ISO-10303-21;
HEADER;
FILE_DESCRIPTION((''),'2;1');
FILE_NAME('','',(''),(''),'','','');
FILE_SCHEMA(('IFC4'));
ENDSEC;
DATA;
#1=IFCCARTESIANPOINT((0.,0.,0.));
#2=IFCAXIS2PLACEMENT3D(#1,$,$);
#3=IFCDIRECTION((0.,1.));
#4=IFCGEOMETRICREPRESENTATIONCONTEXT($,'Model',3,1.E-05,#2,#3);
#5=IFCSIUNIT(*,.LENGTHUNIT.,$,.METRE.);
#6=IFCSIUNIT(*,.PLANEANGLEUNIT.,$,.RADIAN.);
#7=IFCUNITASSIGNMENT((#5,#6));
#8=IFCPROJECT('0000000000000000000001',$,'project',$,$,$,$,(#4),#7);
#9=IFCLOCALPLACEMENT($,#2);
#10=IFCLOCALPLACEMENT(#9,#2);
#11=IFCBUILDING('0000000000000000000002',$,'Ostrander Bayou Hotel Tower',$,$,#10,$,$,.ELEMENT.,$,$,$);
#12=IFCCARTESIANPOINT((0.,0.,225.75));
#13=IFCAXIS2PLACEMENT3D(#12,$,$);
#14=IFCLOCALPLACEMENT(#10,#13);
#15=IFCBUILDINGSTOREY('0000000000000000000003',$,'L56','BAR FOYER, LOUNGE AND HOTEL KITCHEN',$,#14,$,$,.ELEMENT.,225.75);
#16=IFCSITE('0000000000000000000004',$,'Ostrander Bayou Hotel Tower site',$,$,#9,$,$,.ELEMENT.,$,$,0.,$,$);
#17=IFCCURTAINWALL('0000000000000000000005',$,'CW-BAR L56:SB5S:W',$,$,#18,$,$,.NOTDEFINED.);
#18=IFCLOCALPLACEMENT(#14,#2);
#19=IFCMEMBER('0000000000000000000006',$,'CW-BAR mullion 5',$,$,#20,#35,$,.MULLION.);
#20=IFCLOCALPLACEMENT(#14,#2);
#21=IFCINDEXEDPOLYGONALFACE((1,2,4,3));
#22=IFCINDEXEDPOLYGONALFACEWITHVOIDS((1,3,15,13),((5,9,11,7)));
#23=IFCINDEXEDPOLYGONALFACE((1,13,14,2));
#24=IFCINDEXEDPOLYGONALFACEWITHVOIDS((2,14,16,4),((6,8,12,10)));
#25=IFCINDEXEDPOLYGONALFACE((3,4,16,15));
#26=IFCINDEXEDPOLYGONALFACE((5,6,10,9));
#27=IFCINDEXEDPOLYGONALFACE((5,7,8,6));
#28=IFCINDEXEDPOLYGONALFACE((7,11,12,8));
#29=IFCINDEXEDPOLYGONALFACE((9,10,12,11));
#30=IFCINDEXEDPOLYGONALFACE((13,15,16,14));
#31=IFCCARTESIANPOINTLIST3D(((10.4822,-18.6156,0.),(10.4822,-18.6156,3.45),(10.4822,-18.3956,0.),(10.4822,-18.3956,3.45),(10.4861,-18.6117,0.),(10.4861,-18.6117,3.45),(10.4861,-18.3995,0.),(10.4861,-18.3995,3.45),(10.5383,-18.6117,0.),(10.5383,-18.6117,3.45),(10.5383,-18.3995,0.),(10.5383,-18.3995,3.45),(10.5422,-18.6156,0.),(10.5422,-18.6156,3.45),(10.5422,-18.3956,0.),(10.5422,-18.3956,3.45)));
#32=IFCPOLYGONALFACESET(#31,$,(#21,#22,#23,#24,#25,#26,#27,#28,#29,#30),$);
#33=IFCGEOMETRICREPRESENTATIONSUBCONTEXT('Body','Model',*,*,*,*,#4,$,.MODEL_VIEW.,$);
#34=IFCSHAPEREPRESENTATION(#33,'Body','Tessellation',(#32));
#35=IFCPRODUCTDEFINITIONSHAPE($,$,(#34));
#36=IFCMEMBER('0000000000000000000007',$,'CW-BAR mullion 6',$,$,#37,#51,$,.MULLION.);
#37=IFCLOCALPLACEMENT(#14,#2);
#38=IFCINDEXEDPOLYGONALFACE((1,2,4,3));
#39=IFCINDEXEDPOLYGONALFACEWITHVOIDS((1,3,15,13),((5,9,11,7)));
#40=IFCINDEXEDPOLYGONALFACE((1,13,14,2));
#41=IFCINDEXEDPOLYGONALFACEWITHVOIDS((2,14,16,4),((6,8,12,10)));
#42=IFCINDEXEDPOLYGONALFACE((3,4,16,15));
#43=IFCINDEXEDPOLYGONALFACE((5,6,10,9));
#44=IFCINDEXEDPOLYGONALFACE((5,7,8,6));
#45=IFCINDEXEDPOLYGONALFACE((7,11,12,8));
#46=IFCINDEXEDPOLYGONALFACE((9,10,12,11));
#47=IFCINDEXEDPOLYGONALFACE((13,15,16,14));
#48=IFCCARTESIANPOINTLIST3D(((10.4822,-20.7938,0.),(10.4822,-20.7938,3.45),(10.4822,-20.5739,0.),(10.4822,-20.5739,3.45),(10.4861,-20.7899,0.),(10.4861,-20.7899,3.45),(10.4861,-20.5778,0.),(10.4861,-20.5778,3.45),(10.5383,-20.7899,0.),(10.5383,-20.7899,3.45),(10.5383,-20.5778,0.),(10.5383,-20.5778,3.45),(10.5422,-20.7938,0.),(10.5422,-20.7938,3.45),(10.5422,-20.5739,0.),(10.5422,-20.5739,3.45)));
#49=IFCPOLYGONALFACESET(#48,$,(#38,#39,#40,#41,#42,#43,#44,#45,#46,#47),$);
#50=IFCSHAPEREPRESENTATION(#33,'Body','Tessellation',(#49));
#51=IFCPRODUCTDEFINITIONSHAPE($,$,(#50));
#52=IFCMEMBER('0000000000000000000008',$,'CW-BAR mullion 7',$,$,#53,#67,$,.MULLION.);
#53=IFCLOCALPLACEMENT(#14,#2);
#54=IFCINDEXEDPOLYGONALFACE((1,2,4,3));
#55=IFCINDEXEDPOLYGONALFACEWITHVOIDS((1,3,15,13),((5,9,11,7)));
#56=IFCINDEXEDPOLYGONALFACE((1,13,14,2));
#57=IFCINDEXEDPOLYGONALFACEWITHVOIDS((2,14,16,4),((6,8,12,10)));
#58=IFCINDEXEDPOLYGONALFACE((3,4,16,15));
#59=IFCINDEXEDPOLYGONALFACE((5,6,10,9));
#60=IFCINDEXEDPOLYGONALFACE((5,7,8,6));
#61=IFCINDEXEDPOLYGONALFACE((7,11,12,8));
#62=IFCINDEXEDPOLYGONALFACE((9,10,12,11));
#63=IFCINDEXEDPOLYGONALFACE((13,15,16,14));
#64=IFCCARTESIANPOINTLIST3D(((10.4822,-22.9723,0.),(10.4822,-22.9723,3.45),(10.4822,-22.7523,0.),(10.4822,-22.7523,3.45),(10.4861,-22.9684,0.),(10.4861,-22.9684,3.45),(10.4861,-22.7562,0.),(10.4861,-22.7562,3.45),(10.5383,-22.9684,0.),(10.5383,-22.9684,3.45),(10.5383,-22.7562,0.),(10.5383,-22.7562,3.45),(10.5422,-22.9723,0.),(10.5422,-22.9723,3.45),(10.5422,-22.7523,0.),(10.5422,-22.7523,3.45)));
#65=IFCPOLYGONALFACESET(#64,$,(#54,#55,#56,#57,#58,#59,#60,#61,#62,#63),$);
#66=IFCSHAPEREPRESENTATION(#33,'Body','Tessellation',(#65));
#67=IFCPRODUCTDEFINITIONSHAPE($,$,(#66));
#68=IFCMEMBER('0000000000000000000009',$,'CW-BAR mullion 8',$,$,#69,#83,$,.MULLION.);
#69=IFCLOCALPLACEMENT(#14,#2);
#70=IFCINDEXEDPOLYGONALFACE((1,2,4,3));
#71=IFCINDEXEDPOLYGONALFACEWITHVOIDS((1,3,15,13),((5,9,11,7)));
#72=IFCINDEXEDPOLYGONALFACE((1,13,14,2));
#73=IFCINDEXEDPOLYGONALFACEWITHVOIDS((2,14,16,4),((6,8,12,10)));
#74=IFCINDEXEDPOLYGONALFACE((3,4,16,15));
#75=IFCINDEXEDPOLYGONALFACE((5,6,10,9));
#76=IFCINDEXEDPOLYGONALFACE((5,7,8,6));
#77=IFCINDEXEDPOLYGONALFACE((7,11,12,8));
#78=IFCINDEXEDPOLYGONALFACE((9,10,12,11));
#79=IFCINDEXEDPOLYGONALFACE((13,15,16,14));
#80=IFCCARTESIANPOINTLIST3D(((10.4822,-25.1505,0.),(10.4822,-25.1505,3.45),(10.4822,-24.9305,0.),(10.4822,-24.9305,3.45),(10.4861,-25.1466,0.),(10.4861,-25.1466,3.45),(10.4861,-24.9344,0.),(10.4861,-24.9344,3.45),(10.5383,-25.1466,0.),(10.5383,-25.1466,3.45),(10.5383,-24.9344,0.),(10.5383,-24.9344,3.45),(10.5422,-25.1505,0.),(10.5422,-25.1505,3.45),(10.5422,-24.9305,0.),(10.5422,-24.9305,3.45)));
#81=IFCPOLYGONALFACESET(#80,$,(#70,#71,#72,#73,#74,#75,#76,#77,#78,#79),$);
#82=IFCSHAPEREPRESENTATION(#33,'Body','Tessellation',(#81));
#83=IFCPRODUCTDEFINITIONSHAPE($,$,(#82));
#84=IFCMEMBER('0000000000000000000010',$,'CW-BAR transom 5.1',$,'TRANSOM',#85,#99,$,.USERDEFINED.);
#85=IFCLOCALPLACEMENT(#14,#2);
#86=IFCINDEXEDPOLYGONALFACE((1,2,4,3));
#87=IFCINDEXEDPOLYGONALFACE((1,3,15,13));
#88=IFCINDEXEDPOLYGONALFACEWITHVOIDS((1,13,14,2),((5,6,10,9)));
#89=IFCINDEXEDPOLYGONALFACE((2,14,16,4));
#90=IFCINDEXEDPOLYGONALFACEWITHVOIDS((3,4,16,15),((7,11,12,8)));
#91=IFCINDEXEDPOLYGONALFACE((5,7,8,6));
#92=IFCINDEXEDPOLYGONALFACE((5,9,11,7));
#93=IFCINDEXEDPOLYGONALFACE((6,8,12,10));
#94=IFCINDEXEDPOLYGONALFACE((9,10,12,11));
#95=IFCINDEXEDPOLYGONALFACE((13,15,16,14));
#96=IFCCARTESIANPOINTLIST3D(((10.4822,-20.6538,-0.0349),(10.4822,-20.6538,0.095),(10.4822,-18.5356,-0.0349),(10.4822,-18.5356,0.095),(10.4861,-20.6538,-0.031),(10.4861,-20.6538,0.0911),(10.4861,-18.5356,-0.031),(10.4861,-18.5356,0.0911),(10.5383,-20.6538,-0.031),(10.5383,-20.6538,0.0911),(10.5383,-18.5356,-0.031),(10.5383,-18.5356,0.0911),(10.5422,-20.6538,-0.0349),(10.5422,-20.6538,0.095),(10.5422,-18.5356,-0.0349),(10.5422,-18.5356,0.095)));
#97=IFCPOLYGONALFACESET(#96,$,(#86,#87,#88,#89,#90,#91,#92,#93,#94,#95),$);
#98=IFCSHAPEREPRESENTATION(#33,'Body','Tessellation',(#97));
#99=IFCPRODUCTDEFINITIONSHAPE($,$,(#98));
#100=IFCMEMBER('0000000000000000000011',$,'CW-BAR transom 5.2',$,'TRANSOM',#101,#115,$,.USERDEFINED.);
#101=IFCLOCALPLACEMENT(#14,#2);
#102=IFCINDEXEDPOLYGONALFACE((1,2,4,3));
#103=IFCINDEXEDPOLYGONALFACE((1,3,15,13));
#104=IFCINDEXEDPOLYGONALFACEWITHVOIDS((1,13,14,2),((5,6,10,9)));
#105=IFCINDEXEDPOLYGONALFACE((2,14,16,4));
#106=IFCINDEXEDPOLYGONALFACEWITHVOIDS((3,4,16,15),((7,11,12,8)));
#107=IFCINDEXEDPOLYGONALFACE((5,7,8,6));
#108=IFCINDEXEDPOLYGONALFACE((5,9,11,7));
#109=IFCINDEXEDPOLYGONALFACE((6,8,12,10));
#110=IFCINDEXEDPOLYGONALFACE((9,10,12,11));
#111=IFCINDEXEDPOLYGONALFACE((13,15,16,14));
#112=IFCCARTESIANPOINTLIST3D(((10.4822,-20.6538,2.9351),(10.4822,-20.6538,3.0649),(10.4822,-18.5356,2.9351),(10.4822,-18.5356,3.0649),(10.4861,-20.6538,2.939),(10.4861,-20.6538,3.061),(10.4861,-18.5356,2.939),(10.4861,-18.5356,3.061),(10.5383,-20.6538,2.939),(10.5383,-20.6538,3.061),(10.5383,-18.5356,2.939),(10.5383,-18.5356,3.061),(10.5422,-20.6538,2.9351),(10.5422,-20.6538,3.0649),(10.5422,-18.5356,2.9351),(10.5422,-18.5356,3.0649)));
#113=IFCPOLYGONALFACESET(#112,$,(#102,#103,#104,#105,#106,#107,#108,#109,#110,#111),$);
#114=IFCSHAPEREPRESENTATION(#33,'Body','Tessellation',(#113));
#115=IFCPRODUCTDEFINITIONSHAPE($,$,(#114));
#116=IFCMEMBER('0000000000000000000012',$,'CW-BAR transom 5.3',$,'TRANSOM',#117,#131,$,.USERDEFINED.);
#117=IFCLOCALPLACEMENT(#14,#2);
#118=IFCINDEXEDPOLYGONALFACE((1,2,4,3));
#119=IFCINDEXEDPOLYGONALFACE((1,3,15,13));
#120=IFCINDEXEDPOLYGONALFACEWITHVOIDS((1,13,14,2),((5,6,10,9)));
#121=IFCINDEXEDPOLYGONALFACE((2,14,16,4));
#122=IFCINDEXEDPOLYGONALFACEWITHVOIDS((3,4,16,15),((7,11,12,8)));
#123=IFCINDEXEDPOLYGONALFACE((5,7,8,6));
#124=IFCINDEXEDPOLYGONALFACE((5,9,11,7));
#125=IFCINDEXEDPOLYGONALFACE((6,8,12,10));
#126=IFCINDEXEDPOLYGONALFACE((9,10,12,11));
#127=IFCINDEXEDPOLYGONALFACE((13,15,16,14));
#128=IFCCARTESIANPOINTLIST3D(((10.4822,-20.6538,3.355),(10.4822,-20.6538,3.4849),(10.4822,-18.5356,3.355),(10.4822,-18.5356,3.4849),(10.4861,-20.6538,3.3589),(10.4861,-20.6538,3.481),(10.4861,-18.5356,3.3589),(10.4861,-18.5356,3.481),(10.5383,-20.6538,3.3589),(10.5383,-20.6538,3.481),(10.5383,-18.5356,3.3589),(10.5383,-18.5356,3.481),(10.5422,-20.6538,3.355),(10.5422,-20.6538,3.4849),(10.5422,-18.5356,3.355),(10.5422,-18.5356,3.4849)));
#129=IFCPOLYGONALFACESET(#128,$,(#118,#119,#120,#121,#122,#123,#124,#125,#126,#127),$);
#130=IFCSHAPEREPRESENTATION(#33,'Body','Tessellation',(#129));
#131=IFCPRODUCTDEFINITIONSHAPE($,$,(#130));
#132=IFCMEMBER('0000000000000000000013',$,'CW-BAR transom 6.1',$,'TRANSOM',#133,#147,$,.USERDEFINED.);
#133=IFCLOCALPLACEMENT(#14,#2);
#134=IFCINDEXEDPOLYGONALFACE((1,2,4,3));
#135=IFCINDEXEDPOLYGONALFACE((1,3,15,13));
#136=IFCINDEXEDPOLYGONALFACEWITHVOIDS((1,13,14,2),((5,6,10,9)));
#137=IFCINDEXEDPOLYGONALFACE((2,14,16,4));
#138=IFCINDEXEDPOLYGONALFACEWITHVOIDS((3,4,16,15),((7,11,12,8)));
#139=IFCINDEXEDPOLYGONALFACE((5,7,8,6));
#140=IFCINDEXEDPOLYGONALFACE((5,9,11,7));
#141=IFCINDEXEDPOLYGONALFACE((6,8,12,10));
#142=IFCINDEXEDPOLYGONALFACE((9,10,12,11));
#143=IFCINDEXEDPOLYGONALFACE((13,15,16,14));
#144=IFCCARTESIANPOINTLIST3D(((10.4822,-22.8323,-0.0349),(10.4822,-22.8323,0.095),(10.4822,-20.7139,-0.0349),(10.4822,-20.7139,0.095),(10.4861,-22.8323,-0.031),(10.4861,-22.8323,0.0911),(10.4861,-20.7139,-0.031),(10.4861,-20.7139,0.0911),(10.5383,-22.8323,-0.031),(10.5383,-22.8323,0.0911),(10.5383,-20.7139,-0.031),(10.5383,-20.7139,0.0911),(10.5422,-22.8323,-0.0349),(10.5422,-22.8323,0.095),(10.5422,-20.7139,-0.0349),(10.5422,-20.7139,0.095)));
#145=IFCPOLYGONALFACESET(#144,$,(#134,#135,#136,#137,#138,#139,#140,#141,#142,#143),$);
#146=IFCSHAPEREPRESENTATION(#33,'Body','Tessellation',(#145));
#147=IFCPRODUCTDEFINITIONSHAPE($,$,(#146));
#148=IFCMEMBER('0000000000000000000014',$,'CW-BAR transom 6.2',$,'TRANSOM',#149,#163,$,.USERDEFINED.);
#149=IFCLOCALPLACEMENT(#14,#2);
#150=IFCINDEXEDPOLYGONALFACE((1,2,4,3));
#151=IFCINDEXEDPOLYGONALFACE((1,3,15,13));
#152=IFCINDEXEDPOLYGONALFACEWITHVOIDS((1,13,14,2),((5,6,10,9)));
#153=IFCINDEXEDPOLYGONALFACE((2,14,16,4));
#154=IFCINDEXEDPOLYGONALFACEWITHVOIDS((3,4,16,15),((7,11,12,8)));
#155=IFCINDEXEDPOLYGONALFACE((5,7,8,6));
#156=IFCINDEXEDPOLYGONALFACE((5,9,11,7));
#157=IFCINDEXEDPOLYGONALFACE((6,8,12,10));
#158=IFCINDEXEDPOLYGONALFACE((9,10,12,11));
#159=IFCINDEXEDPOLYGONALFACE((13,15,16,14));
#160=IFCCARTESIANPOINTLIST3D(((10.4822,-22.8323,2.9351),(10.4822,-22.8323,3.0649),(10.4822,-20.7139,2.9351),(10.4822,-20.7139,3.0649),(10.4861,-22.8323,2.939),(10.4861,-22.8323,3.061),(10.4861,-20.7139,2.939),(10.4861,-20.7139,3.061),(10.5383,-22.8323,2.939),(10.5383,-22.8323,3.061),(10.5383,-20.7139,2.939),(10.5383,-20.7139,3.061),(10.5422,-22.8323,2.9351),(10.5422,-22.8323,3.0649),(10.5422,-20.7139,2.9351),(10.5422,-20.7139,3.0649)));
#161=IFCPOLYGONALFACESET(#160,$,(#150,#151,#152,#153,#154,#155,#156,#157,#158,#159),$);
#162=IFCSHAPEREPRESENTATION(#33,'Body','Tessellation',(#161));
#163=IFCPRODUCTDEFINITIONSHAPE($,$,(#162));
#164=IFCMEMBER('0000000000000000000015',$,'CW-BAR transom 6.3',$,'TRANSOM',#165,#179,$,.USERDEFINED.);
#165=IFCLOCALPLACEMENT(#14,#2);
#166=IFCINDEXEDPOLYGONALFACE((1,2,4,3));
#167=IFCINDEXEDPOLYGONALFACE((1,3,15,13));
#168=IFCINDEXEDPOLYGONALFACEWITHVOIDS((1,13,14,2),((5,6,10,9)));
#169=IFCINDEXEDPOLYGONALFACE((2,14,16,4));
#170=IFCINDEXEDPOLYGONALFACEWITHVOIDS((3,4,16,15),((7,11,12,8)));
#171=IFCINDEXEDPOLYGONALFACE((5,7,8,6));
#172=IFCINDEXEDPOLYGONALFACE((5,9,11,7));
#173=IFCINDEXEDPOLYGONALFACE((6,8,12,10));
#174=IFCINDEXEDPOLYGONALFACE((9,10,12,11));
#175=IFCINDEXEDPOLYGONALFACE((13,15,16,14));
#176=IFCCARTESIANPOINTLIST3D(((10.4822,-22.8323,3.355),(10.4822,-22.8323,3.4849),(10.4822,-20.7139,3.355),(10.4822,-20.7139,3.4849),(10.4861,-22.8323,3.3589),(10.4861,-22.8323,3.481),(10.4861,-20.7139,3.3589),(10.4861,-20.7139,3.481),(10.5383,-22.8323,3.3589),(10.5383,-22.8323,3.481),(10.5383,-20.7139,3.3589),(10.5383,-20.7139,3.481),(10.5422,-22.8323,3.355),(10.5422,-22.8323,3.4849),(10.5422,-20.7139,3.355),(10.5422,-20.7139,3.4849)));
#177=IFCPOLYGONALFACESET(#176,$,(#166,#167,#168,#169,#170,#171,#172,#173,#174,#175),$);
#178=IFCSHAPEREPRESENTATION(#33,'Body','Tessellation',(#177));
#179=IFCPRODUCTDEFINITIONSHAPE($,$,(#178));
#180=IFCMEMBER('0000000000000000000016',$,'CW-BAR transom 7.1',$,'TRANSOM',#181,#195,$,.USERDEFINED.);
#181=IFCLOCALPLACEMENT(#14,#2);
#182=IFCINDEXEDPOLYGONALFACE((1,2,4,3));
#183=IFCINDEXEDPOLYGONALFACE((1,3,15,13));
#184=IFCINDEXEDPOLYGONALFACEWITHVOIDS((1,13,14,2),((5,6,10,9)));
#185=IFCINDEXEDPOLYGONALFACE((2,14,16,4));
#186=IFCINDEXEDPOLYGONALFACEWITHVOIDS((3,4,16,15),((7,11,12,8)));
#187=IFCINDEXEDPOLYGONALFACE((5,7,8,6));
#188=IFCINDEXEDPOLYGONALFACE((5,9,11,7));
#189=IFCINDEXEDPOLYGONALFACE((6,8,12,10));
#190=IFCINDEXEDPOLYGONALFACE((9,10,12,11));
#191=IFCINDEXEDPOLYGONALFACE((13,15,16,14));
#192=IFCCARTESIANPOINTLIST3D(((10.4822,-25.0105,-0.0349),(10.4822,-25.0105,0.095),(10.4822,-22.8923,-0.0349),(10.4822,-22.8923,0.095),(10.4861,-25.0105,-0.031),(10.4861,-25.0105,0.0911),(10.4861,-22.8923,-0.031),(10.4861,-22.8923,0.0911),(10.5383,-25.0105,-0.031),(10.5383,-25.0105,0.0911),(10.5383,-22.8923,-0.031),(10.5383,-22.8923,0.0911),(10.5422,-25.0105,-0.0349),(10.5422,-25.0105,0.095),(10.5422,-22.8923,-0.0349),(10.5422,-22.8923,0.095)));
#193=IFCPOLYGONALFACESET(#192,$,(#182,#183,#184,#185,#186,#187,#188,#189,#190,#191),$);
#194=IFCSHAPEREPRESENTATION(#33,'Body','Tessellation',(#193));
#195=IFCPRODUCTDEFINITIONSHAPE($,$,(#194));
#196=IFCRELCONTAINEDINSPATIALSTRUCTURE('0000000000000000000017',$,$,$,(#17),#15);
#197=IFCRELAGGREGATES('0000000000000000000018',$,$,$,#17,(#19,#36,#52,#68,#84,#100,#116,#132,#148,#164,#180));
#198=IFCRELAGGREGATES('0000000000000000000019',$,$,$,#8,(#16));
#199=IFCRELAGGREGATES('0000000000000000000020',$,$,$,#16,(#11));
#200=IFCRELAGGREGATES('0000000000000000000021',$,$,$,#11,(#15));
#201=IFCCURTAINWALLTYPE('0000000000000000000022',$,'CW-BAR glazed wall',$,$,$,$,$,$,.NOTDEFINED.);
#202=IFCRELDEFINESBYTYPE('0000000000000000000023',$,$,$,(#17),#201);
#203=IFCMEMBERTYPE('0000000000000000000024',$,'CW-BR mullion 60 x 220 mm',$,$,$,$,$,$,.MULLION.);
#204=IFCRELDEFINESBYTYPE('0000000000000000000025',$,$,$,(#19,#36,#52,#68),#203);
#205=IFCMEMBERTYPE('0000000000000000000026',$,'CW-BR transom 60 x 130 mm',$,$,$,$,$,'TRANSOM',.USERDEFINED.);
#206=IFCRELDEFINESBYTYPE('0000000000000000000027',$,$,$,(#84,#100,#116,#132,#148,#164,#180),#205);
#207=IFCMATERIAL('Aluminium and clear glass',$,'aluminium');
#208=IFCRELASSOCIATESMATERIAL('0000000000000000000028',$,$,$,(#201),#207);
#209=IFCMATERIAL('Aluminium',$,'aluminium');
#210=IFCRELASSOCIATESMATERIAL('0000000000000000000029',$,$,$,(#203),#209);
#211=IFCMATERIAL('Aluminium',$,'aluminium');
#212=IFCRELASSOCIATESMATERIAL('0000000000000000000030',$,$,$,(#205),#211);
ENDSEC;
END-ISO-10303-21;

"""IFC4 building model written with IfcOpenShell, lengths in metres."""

from ifc_helpers import new_model, si_unit, direction, frame, origin, origin_2d, place, context, subcontext, project, spatial, hollow_rectangle, extrude, material, material_profile, profile_set, type_object, element, aggregate, save


model = new_model("IFC4")

# Units and contexts
model_context = context("Model", 3, precision=1e-05, world=origin(), true_north=direction((0.0, 1.0)))
body_context = subcontext(model_context, "Body", "Model", "MODEL_VIEW")
ifc_project = project(units=[si_unit("LENGTHUNIT", "METRE"), si_unit("PLANEANGLEUNIT", "RADIAN")], contexts=[model_context])

# Site, building, storey
site_placement = place(None, origin())
site = spatial("IfcSite", under=ifc_project, at=site_placement, Name="Ostrander Bayou Hotel Tower site", CompositionType="ELEMENT", RefElevation=0.0)
building_placement = place(site_placement, origin())
building = spatial("IfcBuilding", under=site, at=building_placement, Name="Ostrander Bayou Hotel Tower", CompositionType="ELEMENT")
storey_placement = place(building_placement, frame((0.0, 0.0, 225.75)))
storey = spatial("IfcBuildingStorey", under=building, at=storey_placement, Name="L56", Description="BAR FOYER, LOUNGE AND HOTEL KITCHEN", CompositionType="ELEMENT", Elevation=225.75)

# Curtain wall, members
ifc_material_1 = material(Name="Aluminium and clear glass", Category="aluminium")
curtain_wall_type = type_object("IfcCurtainWallType", Name="CW-BAR glazed wall", PredefinedType="NOTDEFINED", material=ifc_material_1)
curtain_wall_placement = place(storey_placement, origin())
curtain_wall = element("IfcCurtainWall", 1, at=curtain_wall_placement, inside=storey, type_object=curtain_wall_type, Name="CW-BAR L56:SB5S:W", PredefinedType="NOTDEFINED")
ifc_material_2 = material(Name="Aluminium", Category="aluminium")
ifc_material_profile_1 = material_profile(ifc_material_2, hollow_rectangle(XDim=0.0601, YDim=0.22, WallThickness=0.0039, at=origin_2d()))
ifc_profile_set_1 = profile_set([ifc_material_profile_1], Name="Aluminium")
member_type_1 = type_object("IfcMemberType", Name="CW-BR mullion 60 x 220 mm", PredefinedType="MULLION", material=ifc_profile_set_1)
member_1_placement = place(storey_placement, frame((10.5122, -18.5056, 0.0), z_axis=(0.0, 0.0, 1.0), x_axis=(1.0, 0.0, 0.0)))
member_1 = element("IfcMember", 2, at=member_1_placement, type_object=member_type_1, Name="CW-BAR mullion 5", PredefinedType="MULLION", context=body_context, shape_type="SweptSolid", body=[
    extrude(hollow_rectangle(XDim=0.0601, YDim=0.22, WallThickness=0.0039, at=origin_2d()), origin(), (0.0, 0.0, 1.0), 3.45),
])
member_2_placement = place(storey_placement, frame((10.5122, -20.6838, 0.0), z_axis=(0.0, 0.0, 1.0), x_axis=(1.0, 0.0, 0.0)))
member_2 = element("IfcMember", 3, at=member_2_placement, type_object=member_type_1, Name="CW-BAR mullion 6", PredefinedType="MULLION", context=body_context, shape_type="SweptSolid", body=[
    extrude(hollow_rectangle(XDim=0.0601, YDim=0.22, WallThickness=0.0039, at=origin_2d()), origin(), (0.0, 0.0, 1.0), 3.45),
])
member_3_placement = place(storey_placement, frame((10.5122, -22.8623, 0.0), z_axis=(0.0, 0.0, 1.0), x_axis=(1.0, 0.0, 0.0)))
member_3 = element("IfcMember", 4, at=member_3_placement, type_object=member_type_1, Name="CW-BAR mullion 7", PredefinedType="MULLION", context=body_context, shape_type="SweptSolid", body=[
    extrude(hollow_rectangle(XDim=0.0601, YDim=0.22, WallThickness=0.0039, at=origin_2d()), origin(), (0.0, 0.0, 1.0), 3.45),
])
member_4_placement = place(storey_placement, frame((10.5122, -25.0405, 0.0), z_axis=(0.0, 0.0, 1.0), x_axis=(1.0, 0.0, 0.0)))
member_4 = element("IfcMember", 5, at=member_4_placement, type_object=member_type_1, Name="CW-BAR mullion 8", PredefinedType="MULLION", context=body_context, shape_type="SweptSolid", body=[
    extrude(hollow_rectangle(XDim=0.0601, YDim=0.22, WallThickness=0.0039, at=origin_2d()), origin(), (0.0, 0.0, 1.0), 3.45),
])
ifc_material_3 = material(Name="Aluminium", Category="aluminium")
ifc_material_profile_2 = material_profile(ifc_material_3, hollow_rectangle(XDim=0.0601, YDim=0.1299, WallThickness=0.0039, at=origin_2d()))
ifc_profile_set_2 = profile_set([ifc_material_profile_2], Name="Aluminium")
member_type_2 = type_object("IfcMemberType", Name="CW-BR transom 60 x 130 mm", ElementType="TRANSOM", PredefinedType="USERDEFINED", material=ifc_profile_set_2)
member_5_placement = place(storey_placement, frame((10.5122, -18.5356, 0.03), z_axis=(0.0, -1.0, 0.0), x_axis=(1.0, 0.0, 0.0)))
member_5 = element("IfcMember", 6, at=member_5_placement, type_object=member_type_2, Name="CW-BAR transom 5.1", ObjectType="TRANSOM", PredefinedType="USERDEFINED", context=body_context, shape_type="SweptSolid", body=[
    extrude(hollow_rectangle(XDim=0.0601, YDim=0.1299, WallThickness=0.0039, at=origin_2d()), origin(), (0.0, 0.0, 1.0), 2.1182),
])
member_6_placement = place(storey_placement, frame((10.5122, -18.5356, 3.0), z_axis=(0.0, -1.0, 0.0), x_axis=(1.0, 0.0, 0.0)))
member_6 = element("IfcMember", 7, at=member_6_placement, type_object=member_type_2, Name="CW-BAR transom 5.2", ObjectType="TRANSOM", PredefinedType="USERDEFINED", context=body_context, shape_type="SweptSolid", body=[
    extrude(hollow_rectangle(XDim=0.0601, YDim=0.1299, WallThickness=0.0039, at=origin_2d()), origin(), (0.0, 0.0, 1.0), 2.1182),
])
member_7_placement = place(storey_placement, frame((10.5122, -18.5356, 3.4199), z_axis=(0.0, -1.0, 0.0), x_axis=(1.0, 0.0, 0.0)))
member_7 = element("IfcMember", 8, at=member_7_placement, type_object=member_type_2, Name="CW-BAR transom 5.3", ObjectType="TRANSOM", PredefinedType="USERDEFINED", context=body_context, shape_type="SweptSolid", body=[
    extrude(hollow_rectangle(XDim=0.0601, YDim=0.1299, WallThickness=0.0039, at=origin_2d()), origin(), (0.0, 0.0, 1.0), 2.1182),
])
member_8_placement = place(storey_placement, frame((10.5122, -20.7139, 0.03), z_axis=(0.0, -1.0, 0.0), x_axis=(1.0, 0.0, 0.0)))
member_8 = element("IfcMember", 9, at=member_8_placement, type_object=member_type_2, Name="CW-BAR transom 6.1", ObjectType="TRANSOM", PredefinedType="USERDEFINED", context=body_context, shape_type="SweptSolid", body=[
    extrude(hollow_rectangle(XDim=0.0601, YDim=0.1299, WallThickness=0.0039, at=origin_2d()), origin(), (0.0, 0.0, 1.0), 2.1184),
])
member_9_placement = place(storey_placement, frame((10.5122, -20.7139, 3.0), z_axis=(0.0, -1.0, 0.0), x_axis=(1.0, 0.0, 0.0)))
member_9 = element("IfcMember", 10, at=member_9_placement, type_object=member_type_2, Name="CW-BAR transom 6.2", ObjectType="TRANSOM", PredefinedType="USERDEFINED", context=body_context, shape_type="SweptSolid", body=[
    extrude(hollow_rectangle(XDim=0.0601, YDim=0.1299, WallThickness=0.0039, at=origin_2d()), origin(), (0.0, 0.0, 1.0), 2.1184),
])
member_10_placement = place(storey_placement, frame((10.5122, -20.7139, 3.4199), z_axis=(0.0, -1.0, 0.0), x_axis=(1.0, 0.0, 0.0)))
member_10 = element("IfcMember", 11, at=member_10_placement, type_object=member_type_2, Name="CW-BAR transom 6.3", ObjectType="TRANSOM", PredefinedType="USERDEFINED", context=body_context, shape_type="SweptSolid", body=[
    extrude(hollow_rectangle(XDim=0.0601, YDim=0.1299, WallThickness=0.0039, at=origin_2d()), origin(), (0.0, 0.0, 1.0), 2.1184),
])
member_11_placement = place(storey_placement, frame((10.5122, -22.8923, 0.03), z_axis=(0.0, -1.0, 0.0), x_axis=(1.0, 0.0, 0.0)))
member_11 = element("IfcMember", 12, at=member_11_placement, type_object=member_type_2, Name="CW-BAR transom 7.1", ObjectType="TRANSOM", PredefinedType="USERDEFINED", context=body_context, shape_type="SweptSolid", body=[
    extrude(hollow_rectangle(XDim=0.0601, YDim=0.1299, WallThickness=0.0039, at=origin_2d()), origin(), (0.0, 0.0, 1.0), 2.1182),
])

aggregate(curtain_wall, [member_1, member_2, member_3, member_4, member_5, member_6, member_7, member_8, member_9, member_10, member_11])

save(model, "model.ifc")
